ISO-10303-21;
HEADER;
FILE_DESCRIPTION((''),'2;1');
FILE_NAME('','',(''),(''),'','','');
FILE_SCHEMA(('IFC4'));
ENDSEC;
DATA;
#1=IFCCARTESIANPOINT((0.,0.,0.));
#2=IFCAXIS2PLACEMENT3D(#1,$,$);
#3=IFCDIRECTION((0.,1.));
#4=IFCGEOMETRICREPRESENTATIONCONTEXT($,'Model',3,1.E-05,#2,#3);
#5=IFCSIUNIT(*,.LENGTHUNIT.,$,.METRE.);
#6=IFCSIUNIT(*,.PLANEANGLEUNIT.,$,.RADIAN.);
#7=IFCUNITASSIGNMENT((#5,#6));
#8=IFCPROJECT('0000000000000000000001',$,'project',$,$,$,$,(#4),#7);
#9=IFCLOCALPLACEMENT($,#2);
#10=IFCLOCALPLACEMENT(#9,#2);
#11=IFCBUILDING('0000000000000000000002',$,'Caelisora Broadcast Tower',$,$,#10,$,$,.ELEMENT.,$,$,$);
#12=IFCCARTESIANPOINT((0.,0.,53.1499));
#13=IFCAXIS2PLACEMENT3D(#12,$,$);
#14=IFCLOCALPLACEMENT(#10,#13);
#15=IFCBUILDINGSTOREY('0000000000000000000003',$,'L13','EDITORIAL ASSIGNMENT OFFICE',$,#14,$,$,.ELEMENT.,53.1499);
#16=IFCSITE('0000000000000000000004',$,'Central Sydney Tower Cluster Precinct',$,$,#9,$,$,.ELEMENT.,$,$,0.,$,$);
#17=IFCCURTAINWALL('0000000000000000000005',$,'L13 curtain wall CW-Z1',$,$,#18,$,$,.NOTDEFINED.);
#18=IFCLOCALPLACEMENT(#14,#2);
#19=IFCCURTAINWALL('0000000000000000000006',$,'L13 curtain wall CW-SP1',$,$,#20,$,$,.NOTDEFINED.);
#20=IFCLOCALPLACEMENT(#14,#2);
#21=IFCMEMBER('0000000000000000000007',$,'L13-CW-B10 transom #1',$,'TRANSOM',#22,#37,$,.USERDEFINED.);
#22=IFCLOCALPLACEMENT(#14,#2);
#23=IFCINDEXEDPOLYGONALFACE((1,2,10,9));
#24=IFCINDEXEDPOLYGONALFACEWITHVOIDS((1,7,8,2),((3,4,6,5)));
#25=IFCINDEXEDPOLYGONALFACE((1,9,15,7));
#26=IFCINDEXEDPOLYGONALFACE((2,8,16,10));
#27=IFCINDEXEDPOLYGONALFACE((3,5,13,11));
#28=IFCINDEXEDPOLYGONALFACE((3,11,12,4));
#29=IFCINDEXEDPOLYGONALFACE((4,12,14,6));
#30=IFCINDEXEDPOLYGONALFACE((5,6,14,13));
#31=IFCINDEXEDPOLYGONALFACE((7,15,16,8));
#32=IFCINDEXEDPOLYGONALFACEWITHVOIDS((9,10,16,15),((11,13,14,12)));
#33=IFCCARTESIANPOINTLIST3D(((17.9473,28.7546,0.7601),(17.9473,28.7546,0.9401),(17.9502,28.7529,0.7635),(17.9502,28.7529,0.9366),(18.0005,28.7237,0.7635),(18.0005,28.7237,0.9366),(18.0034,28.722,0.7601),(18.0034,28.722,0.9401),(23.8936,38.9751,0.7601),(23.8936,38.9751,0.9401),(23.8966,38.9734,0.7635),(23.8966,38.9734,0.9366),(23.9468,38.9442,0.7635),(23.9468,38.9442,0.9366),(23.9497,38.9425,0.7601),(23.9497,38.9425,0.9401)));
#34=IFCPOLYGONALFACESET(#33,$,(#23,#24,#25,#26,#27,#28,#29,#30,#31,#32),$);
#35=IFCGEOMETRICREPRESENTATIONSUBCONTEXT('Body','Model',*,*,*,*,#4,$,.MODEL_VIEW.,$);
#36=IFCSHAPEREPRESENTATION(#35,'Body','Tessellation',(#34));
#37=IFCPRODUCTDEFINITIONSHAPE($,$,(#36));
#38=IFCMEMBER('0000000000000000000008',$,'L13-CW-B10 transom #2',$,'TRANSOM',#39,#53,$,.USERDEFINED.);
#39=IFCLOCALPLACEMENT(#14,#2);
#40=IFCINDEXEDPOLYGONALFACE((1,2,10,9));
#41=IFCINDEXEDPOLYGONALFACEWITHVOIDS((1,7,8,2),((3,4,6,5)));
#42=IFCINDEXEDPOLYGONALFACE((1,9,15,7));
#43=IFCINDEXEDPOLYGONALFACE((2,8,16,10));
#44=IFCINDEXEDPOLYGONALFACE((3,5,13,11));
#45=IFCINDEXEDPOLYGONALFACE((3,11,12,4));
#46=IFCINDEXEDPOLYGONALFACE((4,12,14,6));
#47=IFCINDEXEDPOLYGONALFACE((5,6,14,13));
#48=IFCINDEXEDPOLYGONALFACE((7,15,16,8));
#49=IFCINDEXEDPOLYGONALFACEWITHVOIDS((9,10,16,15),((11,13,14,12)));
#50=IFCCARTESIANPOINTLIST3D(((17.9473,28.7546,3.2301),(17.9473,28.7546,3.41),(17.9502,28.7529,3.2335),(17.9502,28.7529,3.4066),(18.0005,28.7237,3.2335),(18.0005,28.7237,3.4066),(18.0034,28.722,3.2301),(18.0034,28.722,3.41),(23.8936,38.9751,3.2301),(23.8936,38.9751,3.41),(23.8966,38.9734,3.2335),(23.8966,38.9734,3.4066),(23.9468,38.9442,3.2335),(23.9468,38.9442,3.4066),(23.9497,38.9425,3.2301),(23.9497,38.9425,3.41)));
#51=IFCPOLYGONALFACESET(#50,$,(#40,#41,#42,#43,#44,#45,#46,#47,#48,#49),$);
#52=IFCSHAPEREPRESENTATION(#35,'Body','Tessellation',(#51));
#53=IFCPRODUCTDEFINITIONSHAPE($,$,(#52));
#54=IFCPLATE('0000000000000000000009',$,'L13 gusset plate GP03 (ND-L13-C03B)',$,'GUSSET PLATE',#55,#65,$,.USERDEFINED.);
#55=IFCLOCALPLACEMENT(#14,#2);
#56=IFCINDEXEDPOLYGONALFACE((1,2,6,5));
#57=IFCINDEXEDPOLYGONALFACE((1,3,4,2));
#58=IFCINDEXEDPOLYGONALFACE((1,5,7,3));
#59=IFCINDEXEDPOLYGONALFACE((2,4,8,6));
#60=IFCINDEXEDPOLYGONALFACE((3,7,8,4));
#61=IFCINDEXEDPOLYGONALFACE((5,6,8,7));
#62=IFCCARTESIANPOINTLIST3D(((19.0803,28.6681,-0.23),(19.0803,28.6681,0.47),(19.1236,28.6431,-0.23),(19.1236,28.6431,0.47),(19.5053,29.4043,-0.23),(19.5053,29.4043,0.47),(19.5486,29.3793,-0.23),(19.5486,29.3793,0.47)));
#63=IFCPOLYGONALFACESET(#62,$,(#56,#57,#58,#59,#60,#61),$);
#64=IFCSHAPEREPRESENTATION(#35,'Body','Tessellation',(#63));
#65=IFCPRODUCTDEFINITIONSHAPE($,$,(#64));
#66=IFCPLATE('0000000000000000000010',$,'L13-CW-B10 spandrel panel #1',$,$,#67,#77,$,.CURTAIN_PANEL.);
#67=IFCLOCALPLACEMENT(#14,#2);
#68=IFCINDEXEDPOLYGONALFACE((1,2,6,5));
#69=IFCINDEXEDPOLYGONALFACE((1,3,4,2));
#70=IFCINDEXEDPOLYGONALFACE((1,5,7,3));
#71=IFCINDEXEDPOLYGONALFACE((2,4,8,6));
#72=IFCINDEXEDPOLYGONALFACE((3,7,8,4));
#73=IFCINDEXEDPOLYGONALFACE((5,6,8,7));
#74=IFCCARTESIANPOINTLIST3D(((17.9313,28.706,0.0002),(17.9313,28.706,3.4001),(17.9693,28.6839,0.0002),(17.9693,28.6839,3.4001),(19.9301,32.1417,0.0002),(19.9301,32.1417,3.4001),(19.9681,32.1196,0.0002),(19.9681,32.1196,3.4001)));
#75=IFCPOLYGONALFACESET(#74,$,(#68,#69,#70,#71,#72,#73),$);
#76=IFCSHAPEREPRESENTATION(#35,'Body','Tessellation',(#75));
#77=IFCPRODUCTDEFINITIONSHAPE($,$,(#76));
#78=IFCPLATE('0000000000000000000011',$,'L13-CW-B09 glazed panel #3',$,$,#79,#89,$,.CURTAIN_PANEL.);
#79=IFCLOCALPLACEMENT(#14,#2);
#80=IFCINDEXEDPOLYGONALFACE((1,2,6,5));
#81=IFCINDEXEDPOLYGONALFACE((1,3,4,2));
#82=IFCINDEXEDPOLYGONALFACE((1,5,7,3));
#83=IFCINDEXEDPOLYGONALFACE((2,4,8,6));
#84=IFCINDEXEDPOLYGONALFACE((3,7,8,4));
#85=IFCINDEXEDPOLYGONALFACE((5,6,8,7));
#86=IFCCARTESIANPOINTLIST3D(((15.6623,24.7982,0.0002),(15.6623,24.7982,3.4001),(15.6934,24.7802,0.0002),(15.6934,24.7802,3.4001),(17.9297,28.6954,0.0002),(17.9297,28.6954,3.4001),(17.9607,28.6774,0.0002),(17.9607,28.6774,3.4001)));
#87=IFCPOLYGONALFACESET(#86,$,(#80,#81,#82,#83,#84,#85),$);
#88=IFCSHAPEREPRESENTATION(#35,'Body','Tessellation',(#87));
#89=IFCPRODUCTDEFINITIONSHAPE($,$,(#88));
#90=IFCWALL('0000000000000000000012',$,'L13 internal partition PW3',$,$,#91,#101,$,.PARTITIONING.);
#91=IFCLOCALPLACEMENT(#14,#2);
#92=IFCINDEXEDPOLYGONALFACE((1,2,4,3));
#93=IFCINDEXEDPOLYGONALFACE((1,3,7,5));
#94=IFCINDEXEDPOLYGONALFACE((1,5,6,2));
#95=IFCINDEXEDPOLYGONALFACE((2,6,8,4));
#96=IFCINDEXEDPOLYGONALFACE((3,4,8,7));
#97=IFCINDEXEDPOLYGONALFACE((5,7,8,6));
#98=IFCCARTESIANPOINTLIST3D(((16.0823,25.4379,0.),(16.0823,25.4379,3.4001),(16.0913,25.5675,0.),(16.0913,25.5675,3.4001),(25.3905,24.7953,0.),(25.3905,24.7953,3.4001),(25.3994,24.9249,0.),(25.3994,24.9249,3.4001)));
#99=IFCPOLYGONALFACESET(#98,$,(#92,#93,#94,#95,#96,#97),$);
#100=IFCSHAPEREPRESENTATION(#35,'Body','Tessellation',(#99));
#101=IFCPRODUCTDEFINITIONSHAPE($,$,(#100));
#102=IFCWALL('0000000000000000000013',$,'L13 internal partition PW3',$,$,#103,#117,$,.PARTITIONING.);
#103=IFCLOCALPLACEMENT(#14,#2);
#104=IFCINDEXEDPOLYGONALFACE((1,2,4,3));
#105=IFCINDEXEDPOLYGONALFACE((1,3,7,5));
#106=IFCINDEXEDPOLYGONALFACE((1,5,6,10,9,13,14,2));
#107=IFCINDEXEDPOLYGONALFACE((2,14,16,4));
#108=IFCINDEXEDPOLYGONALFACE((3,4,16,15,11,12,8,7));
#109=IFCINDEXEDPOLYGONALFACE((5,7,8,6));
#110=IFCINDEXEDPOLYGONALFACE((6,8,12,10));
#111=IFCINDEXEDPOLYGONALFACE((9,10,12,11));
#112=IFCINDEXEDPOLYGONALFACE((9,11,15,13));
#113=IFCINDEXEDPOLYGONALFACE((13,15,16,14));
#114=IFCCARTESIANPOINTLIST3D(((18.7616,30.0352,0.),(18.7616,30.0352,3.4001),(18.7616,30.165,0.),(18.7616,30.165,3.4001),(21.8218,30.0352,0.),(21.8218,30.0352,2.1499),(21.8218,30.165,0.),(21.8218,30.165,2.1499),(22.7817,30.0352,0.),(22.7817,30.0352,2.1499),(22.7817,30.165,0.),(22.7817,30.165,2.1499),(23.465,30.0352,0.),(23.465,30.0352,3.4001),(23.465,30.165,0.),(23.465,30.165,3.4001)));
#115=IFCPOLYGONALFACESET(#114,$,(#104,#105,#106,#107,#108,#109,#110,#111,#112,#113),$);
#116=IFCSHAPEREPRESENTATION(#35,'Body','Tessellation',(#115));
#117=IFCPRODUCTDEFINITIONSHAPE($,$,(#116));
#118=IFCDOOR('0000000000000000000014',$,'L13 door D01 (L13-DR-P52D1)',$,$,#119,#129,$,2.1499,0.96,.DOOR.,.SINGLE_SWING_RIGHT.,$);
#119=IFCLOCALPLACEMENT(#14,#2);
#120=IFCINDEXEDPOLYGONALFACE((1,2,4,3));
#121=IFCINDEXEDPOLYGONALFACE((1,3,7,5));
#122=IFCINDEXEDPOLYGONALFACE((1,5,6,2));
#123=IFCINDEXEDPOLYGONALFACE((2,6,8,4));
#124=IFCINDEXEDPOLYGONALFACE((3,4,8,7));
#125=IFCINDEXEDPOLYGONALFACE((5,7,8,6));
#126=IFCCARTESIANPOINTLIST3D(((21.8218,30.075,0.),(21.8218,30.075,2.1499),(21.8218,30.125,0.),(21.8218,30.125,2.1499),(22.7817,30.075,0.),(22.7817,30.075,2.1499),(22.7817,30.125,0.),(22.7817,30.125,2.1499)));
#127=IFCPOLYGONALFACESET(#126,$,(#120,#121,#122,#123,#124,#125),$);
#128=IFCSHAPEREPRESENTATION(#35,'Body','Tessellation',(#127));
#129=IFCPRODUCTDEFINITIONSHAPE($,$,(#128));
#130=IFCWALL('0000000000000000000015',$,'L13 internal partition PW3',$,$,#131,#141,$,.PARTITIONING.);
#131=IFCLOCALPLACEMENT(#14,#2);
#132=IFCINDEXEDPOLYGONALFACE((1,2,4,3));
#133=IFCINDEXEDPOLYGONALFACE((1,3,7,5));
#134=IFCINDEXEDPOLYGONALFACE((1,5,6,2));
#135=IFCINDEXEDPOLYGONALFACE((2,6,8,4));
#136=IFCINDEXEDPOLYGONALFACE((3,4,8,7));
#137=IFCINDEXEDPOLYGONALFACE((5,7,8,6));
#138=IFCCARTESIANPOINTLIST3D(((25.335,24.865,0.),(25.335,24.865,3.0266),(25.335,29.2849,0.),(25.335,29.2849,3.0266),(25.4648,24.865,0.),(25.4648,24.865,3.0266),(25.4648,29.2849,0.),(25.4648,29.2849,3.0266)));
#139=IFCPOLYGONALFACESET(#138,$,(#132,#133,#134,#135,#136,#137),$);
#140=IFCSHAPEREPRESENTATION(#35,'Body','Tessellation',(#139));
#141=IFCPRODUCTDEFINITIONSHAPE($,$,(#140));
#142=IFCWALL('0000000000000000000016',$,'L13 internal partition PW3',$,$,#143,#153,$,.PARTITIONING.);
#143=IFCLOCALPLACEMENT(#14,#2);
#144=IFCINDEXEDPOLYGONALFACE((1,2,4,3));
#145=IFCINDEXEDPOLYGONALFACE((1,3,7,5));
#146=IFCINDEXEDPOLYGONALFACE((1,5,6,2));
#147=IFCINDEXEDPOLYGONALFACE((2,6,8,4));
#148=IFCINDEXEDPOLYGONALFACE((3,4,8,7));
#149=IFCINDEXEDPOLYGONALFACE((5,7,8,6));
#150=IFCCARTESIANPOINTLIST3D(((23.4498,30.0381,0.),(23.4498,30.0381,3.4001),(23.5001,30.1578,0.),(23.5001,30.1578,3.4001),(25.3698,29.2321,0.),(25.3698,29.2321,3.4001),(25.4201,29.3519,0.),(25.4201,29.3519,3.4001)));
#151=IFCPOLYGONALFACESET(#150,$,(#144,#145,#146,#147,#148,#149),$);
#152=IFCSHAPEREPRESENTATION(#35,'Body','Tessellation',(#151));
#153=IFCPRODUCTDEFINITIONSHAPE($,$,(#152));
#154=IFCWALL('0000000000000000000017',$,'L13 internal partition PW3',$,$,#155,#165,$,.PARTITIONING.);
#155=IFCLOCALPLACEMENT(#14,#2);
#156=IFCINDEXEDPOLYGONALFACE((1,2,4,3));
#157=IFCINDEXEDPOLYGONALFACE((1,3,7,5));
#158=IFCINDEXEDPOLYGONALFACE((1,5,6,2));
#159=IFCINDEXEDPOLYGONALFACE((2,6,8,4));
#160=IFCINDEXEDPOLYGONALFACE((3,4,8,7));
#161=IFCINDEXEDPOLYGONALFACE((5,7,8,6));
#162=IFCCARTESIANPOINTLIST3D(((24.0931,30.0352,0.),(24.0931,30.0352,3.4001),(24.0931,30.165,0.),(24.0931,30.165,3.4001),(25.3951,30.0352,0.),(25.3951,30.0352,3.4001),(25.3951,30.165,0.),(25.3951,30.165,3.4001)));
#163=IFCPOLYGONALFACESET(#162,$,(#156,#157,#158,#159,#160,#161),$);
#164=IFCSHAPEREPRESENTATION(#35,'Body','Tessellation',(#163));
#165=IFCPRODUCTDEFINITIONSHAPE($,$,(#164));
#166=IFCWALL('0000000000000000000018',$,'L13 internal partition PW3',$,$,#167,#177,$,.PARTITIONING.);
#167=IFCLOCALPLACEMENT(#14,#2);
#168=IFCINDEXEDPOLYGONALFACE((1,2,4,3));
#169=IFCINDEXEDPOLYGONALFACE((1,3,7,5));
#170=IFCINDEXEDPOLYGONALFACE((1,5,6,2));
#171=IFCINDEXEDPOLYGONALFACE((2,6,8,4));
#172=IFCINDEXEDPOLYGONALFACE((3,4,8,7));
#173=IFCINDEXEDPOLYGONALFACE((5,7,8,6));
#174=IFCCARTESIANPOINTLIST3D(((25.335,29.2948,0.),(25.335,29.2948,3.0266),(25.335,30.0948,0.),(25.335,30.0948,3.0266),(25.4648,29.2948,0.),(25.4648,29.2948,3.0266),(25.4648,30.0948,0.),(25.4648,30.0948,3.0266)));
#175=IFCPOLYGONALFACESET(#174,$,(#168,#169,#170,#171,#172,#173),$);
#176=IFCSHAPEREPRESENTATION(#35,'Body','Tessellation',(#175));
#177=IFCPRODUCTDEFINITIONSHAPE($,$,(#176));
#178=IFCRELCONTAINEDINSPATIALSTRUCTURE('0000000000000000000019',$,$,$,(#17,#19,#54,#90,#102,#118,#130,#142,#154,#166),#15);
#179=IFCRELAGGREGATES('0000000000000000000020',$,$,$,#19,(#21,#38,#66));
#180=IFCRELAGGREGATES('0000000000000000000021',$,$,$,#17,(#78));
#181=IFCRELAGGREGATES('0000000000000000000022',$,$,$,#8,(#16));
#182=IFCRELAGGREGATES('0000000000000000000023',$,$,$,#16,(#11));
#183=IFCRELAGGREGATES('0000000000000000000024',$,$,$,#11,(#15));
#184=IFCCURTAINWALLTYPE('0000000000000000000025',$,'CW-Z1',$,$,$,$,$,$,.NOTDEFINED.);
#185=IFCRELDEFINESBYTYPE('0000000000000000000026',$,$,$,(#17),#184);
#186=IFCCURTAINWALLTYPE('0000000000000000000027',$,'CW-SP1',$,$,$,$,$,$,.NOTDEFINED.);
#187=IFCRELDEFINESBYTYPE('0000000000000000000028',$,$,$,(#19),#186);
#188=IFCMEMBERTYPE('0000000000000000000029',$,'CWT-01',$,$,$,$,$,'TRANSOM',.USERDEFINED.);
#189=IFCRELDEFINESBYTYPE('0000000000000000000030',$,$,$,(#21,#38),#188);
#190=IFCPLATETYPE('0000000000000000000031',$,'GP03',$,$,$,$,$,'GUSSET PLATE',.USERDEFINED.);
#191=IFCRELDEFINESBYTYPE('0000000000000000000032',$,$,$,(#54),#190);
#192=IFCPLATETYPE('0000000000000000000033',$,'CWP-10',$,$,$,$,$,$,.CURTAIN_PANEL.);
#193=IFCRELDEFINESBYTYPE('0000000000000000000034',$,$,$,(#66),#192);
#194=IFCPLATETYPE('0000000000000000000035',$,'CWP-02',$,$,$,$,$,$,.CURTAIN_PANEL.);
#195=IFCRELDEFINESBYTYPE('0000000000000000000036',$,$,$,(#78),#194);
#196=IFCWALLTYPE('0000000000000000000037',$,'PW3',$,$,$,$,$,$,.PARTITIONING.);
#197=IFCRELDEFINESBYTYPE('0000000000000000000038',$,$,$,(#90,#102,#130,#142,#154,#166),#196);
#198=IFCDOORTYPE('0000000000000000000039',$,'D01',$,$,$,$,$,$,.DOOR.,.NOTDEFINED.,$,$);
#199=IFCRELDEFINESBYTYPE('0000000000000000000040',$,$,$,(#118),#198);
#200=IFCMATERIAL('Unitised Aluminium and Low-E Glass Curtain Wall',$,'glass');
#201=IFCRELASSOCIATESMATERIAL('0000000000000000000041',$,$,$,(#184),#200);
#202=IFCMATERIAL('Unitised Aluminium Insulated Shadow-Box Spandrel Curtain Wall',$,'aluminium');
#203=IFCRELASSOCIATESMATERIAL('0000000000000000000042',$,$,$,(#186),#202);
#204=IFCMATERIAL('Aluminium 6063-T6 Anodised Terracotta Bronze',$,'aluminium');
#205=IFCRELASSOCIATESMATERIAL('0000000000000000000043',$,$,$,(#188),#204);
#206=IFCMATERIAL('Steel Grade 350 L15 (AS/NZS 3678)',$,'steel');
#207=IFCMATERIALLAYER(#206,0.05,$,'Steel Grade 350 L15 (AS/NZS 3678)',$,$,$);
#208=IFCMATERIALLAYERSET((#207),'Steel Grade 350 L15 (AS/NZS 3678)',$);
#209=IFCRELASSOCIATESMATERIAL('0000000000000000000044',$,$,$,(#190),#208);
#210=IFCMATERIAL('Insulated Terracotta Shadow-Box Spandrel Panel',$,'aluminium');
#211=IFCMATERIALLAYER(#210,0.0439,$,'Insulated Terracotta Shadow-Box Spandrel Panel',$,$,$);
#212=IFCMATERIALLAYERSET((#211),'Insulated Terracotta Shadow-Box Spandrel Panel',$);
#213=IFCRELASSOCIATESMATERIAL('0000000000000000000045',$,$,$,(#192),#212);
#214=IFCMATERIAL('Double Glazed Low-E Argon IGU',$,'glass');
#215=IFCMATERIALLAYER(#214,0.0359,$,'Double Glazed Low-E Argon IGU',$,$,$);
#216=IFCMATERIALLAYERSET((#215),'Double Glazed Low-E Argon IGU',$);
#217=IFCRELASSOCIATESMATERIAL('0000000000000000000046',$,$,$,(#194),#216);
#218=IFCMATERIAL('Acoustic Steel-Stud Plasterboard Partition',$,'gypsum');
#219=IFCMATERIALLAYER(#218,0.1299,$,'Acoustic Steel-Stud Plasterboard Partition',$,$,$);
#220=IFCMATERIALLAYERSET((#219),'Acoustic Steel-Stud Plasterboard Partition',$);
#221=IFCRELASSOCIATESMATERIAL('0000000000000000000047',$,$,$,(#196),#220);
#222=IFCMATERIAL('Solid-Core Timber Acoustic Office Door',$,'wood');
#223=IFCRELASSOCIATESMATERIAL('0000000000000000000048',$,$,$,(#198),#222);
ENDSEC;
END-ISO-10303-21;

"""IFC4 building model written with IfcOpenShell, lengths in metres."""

from ifc_helpers import new_model, si_unit, direction, frame, frame_2d, origin, origin_2d, place, context, subcontext, project, spatial, rectangle, hollow_rectangle, extrude, source, transform, mapped, material, layer, layer_set, material_profile, profile_set, type_object, type_shapes, element, fill, aggregate, save


model = new_model("IFC4")

# Units and contexts
model_context = context("Model", 3, precision=1e-05, world=origin(), true_north=direction((0.0, 1.0)))
body_context = subcontext(model_context, "Body", "Model", "MODEL_VIEW")
ifc_project = project(units=[si_unit("LENGTHUNIT", "METRE"), si_unit("PLANEANGLEUNIT", "RADIAN")], contexts=[model_context])

# Site, building, storey
site_placement = place(None, origin())
site = spatial("IfcSite", under=ifc_project, at=site_placement, Name="Central Sydney Tower Cluster Precinct", CompositionType="ELEMENT", RefElevation=0.0)
building_placement = place(site_placement, origin())
building = spatial("IfcBuilding", under=site, at=building_placement, Name="Caelisora Broadcast Tower", CompositionType="ELEMENT")
storey_placement = place(building_placement, frame((0.0, 0.0, 53.1499)))
storey = spatial("IfcBuildingStorey", under=building, at=storey_placement, Name="L13", Description="EDITORIAL ASSIGNMENT OFFICE", CompositionType="ELEMENT", Elevation=53.1499)

# Shared definitions
ifc_material_1 = material(Name="Steel Grade 350 L15 (AS/NZS 3678)", Category="steel")

# Curtain walls, members
ifc_material_2 = material(Name="Unitised Aluminium and Low-E Glass Curtain Wall", Category="glass")
curtain_wall_type_1 = type_object("IfcCurtainWallType", Name="CW-Z1", PredefinedType="NOTDEFINED", material=ifc_material_2)
curtain_wall_1_placement = place(storey_placement, origin())
curtain_wall_1 = element("IfcCurtainWall", 1, at=curtain_wall_1_placement, inside=storey, type_object=curtain_wall_type_1, Name="L13 curtain wall CW-Z1", PredefinedType="NOTDEFINED")
ifc_material_3 = material(Name="Aluminium 6063-T6 Anodised Terracotta Bronze", Category="aluminium")
ifc_material_4 = material(Name="Unitised Aluminium Insulated Shadow-Box Spandrel Curtain Wall", Category="aluminium")
curtain_wall_type_2 = type_object("IfcCurtainWallType", Name="CW-SP1", PredefinedType="NOTDEFINED", material=ifc_material_4)
curtain_wall_2_placement = place(storey_placement, origin())
curtain_wall_2 = element("IfcCurtainWall", 2, at=curtain_wall_2_placement, inside=storey, type_object=curtain_wall_type_2, Name="L13 curtain wall CW-SP1", PredefinedType="NOTDEFINED")
ifc_material_profile_1 = material_profile(ifc_material_3, hollow_rectangle(XDim=0.0649, YDim=0.1799, WallThickness=0.0034, at=origin_2d()), Name="Aluminium 6063-T6 Anodised Terracotta Bronze")
ifc_profile_set_1 = profile_set([ifc_material_profile_1], Name="Aluminium 6063-T6 Anodised Terracotta Bronze")
member_type_1 = type_object("IfcMemberType", Name="CWT-01", ElementType="TRANSOM", PredefinedType="USERDEFINED", material=ifc_profile_set_1)
shared_shape_1 = source(origin(), body_context, "Body", "SweptSolid", [
    extrude(hollow_rectangle(XDim=0.0649, YDim=0.1799, WallThickness=0.0034, at=origin_2d()), origin(), (0.0, 0.0, 1.0), 11.8245),
])
type_shapes(member_type_1, [shared_shape_1])
member_1_placement = place(storey_placement, frame((17.9753, 28.7383, 0.8501), z_axis=(0.502883, 0.864354, 0.0), x_axis=(-0.864354, 0.502883, 0.0)))
member_1 = element("IfcMember", 3, at=member_1_placement, type_object=member_type_1, Name="L13-CW-B10 transom #1", ObjectType="TRANSOM", PredefinedType="USERDEFINED", context=body_context, shape_type="MappedRepresentation", body=[
    mapped(shared_shape_1, transform((0.0, 0.0, 0.0), scale=1.0)),
])
member_2_placement = place(storey_placement, frame((17.9753, 28.7383, 3.3201), z_axis=(0.502883, 0.864354, 0.0), x_axis=(-0.864354, 0.502883, 0.0)))
member_2 = element("IfcMember", 4, at=member_2_placement, type_object=member_type_1, Name="L13-CW-B10 transom #2", ObjectType="TRANSOM", PredefinedType="USERDEFINED", context=body_context, shape_type="MappedRepresentation", body=[
    mapped(shared_shape_1, transform((0.0, 0.0, 0.0), scale=1.0)),
])

# Plates
ifc_layer_1 = layer(ifc_material_1, 0.05, Name="Steel Grade 350 L15 (AS/NZS 3678)")
ifc_layer_set_1 = layer_set([ifc_layer_1], Name="Steel Grade 350 L15 (AS/NZS 3678)")
plate_type_1 = type_object("IfcPlateType", Name="GP03", ElementType="GUSSET PLATE", PredefinedType="USERDEFINED", material=ifc_layer_set_1)
shared_shape_2 = source(origin(), body_context, "Body", "SweptSolid", [
    extrude(rectangle(XDim=0.8501, YDim=0.05, at=origin_2d()), origin(), (0.0, 0.0, 1.0), 0.7),
])
type_shapes(plate_type_1, [shared_shape_2])
plate_1_placement = place(storey_placement, frame((19.3145, 29.0237, -0.23), z_axis=(0.0, 0.0, 1.0), x_axis=(-0.5, -0.866025, 0.0)))
element("IfcPlate", 5, at=plate_1_placement, inside=storey, type_object=plate_type_1, Name="L13 gusset plate GP03 (ND-L13-C03B)", ObjectType="GUSSET PLATE", PredefinedType="USERDEFINED", context=body_context, shape_type="MappedRepresentation", body=[
    mapped(shared_shape_2, transform((0.0, 0.0, 0.0), scale=1.0)),
])
ifc_material_5 = material(Name="Insulated Terracotta Shadow-Box Spandrel Panel", Category="aluminium")
ifc_layer_2 = layer(ifc_material_5, 0.0439, Name="Insulated Terracotta Shadow-Box Spandrel Panel")
ifc_layer_set_2 = layer_set([ifc_layer_2], Name="Insulated Terracotta Shadow-Box Spandrel Panel")
plate_type_2 = type_object("IfcPlateType", Name="CWP-10", PredefinedType="CURTAIN_PANEL", material=ifc_layer_set_2)
shared_shape_3 = source(origin(), body_context, "Body", "SweptSolid", [
    extrude(rectangle(XDim=3.9749, YDim=0.0439, at=origin_2d()), origin(), (0.0, 0.0, 1.0), 3.3999),
])
type_shapes(plate_type_2, [shared_shape_3])
plate_2_placement = place(storey_placement, frame((18.9497, 30.4128, 0.0002), z_axis=(0.0, 0.0, 1.0), x_axis=(0.502869, 0.864363, 0.0)))
plate_2 = element("IfcPlate", 6, at=plate_2_placement, type_object=plate_type_2, Name="L13-CW-B10 spandrel panel #1", PredefinedType="CURTAIN_PANEL", context=body_context, shape_type="MappedRepresentation", body=[
    mapped(shared_shape_3, transform((0.0, 0.0, 0.0), scale=1.0)),
])
aggregate(curtain_wall_2, [member_1, member_2, plate_2])
ifc_material_6 = material(Name="Double Glazed Low-E Argon IGU", Category="glass")
ifc_layer_3 = layer(ifc_material_6, 0.0359, Name="Double Glazed Low-E Argon IGU")
ifc_layer_set_3 = layer_set([ifc_layer_3], Name="Double Glazed Low-E Argon IGU")
plate_type_3 = type_object("IfcPlateType", Name="CWP-02", PredefinedType="CURTAIN_PANEL", material=ifc_layer_set_3)
shared_shape_4 = source(origin(), body_context, "Body", "SweptSolid", [
    extrude(rectangle(XDim=4.5088, YDim=0.0359, at=origin_2d()), origin(), (0.0, 0.0, 1.0), 3.3999),
])
type_shapes(plate_type_3, [shared_shape_4])
plate_3_placement = place(storey_placement, frame((16.8115, 26.7378, 0.0002), z_axis=(0.0, 0.0, 1.0), x_axis=(0.502869, 0.864363, 0.0)))
plate_3 = element("IfcPlate", 7, at=plate_3_placement, type_object=plate_type_3, Name="L13-CW-B09 glazed panel #3", PredefinedType="CURTAIN_PANEL", context=body_context, shape_type="MappedRepresentation", body=[
    mapped(shared_shape_4, transform((0.0, 0.0, 0.0), scale=1.0)),
])
aggregate(curtain_wall_1, [plate_3])

# Wall
ifc_material_7 = material(Name="Acoustic Steel-Stud Plasterboard Partition", Category="gypsum")
ifc_layer_4 = layer(ifc_material_7, 0.1299, Name="Acoustic Steel-Stud Plasterboard Partition")
ifc_layer_set_4 = layer_set([ifc_layer_4], Name="Acoustic Steel-Stud Plasterboard Partition")
wall_type = type_object("IfcWallType", Name="PW3", PredefinedType="PARTITIONING", material=ifc_layer_set_4)
wall_1_placement = place(storey_placement, frame((16.0869, 25.5027, 0.0), z_axis=(0.0, 0.0, 1.0), x_axis=(0.997626, -0.06887, 0.0)))
element("IfcWall", 8, at=wall_1_placement, inside=storey, type_object=wall_type, Name="L13 internal partition PW3", PredefinedType="PARTITIONING", context=body_context, shape_type="SweptSolid", body=[
    extrude(rectangle(XDim=9.3303, YDim=0.1299, at=frame_2d((4.665, 0.0))), origin(), (0.0, 0.0, 1.0), 3.4001),
])

# Wall, opening, door
wall_2_placement = place(storey_placement, frame((18.7617, 30.1001, 0.0), z_axis=(0.0, 0.0, 1.0), x_axis=(1.0, 0.0, 0.0)))
wall_2 = element("IfcWall", 9, at=wall_2_placement, inside=storey, type_object=wall_type, Name="L13 internal partition PW3", PredefinedType="PARTITIONING", context=body_context, shape_type="SweptSolid", body=[
    extrude(rectangle(XDim=4.7034, YDim=0.1299, at=frame_2d((2.3516, 0.0))), origin(), (0.0, 0.0, 1.0), 3.4001),
])
opening_placement = place(wall_2_placement, frame((3.0601, 0.0, 0.0)))
opening = element("IfcOpeningElement", 10, at=opening_placement, cuts=wall_2, PredefinedType="OPENING", context=body_context, shape_type="SweptSolid", body=[
    extrude(rectangle(XDim=0.96, YDim=2.1499, at=frame_2d((0.48, 1.075))), frame((0.0, 0.0769, 0.0), z_axis=(0.0, -1.0, 0.0), x_axis=(1.0, 0.0, 0.0)), (0.0, 0.0, 1.0), 0.1538),
])
ifc_material_8 = material(Name="Solid-Core Timber Acoustic Office Door", Category="wood")
door_type = type_object("IfcDoorType", Name="D01", OperationType="NOTDEFINED", PredefinedType="DOOR", material=ifc_material_8)
door_placement = place(opening_placement, origin())
door = element("IfcDoor", 11, at=door_placement, inside=storey, type_object=door_type, Name="L13 door D01 (L13-DR-P52D1)", OperationType="SINGLE_SWING_RIGHT", OverallHeight=2.1499, OverallWidth=0.96, PredefinedType="DOOR", context=body_context, shape_type="SweptSolid", body=[
    extrude(rectangle(XDim=0.96, YDim=2.1499, at=frame_2d((0.48, 1.075))), frame((0.0, 0.0249, 0.0), z_axis=(0.0, -1.0, 0.0), x_axis=(1.0, 0.0, 0.0)), (0.0, 0.0, 1.0), 0.05),
])
fill(opening, door)

# Walls
wall_3_placement = place(storey_placement, frame((25.3999, 24.865, 0.0), z_axis=(0.0, 0.0, 1.0), x_axis=(0.0, 1.0, 0.0)))
element("IfcWall", 12, at=wall_3_placement, inside=storey, type_object=wall_type, Name="L13 internal partition PW3", PredefinedType="PARTITIONING", context=body_context, shape_type="SweptSolid", body=[
    extrude(rectangle(XDim=4.4199, YDim=0.1299, at=frame_2d((2.21, 0.0))), origin(), (0.0, 0.0, 1.0), 3.0266),
])
wall_4_placement = place(storey_placement, frame((23.4751, 30.0979, 0.0), z_axis=(0.0, 0.0, 1.0), x_axis=(0.922061, -0.387045, 0.0)))
element("IfcWall", 13, at=wall_4_placement, inside=storey, type_object=wall_type, Name="L13 internal partition PW3", PredefinedType="PARTITIONING", context=body_context, shape_type="SweptSolid", body=[
    extrude(rectangle(XDim=2.0823, YDim=0.1299, at=frame_2d((1.041, 0.0))), origin(), (0.0, 0.0, 1.0), 3.4001),
])
wall_5_placement = place(storey_placement, frame((25.395, 30.1001, 0.0), z_axis=(0.0, 0.0, 1.0), x_axis=(-1.0, 0.0, 0.0)))
element("IfcWall", 14, at=wall_5_placement, inside=storey, type_object=wall_type, Name="L13 internal partition PW3", PredefinedType="PARTITIONING", context=body_context, shape_type="SweptSolid", body=[
    extrude(rectangle(XDim=1.302, YDim=0.1299, at=frame_2d((0.6509, 0.0))), origin(), (0.0, 0.0, 1.0), 3.4001),
])
wall_6_placement = place(storey_placement, frame((25.3999, 29.2949, 0.0), z_axis=(0.0, 0.0, 1.0), x_axis=(0.0, 1.0, 0.0)))
element("IfcWall", 15, at=wall_6_placement, inside=storey, type_object=wall_type, Name="L13 internal partition PW3", PredefinedType="PARTITIONING", context=body_context, shape_type="SweptSolid", body=[
    extrude(rectangle(XDim=0.8, YDim=0.1299, at=frame_2d((0.3999, 0.0))), origin(), (0.0, 0.0, 1.0), 3.0266),
])

save(model, "model.ifc")
